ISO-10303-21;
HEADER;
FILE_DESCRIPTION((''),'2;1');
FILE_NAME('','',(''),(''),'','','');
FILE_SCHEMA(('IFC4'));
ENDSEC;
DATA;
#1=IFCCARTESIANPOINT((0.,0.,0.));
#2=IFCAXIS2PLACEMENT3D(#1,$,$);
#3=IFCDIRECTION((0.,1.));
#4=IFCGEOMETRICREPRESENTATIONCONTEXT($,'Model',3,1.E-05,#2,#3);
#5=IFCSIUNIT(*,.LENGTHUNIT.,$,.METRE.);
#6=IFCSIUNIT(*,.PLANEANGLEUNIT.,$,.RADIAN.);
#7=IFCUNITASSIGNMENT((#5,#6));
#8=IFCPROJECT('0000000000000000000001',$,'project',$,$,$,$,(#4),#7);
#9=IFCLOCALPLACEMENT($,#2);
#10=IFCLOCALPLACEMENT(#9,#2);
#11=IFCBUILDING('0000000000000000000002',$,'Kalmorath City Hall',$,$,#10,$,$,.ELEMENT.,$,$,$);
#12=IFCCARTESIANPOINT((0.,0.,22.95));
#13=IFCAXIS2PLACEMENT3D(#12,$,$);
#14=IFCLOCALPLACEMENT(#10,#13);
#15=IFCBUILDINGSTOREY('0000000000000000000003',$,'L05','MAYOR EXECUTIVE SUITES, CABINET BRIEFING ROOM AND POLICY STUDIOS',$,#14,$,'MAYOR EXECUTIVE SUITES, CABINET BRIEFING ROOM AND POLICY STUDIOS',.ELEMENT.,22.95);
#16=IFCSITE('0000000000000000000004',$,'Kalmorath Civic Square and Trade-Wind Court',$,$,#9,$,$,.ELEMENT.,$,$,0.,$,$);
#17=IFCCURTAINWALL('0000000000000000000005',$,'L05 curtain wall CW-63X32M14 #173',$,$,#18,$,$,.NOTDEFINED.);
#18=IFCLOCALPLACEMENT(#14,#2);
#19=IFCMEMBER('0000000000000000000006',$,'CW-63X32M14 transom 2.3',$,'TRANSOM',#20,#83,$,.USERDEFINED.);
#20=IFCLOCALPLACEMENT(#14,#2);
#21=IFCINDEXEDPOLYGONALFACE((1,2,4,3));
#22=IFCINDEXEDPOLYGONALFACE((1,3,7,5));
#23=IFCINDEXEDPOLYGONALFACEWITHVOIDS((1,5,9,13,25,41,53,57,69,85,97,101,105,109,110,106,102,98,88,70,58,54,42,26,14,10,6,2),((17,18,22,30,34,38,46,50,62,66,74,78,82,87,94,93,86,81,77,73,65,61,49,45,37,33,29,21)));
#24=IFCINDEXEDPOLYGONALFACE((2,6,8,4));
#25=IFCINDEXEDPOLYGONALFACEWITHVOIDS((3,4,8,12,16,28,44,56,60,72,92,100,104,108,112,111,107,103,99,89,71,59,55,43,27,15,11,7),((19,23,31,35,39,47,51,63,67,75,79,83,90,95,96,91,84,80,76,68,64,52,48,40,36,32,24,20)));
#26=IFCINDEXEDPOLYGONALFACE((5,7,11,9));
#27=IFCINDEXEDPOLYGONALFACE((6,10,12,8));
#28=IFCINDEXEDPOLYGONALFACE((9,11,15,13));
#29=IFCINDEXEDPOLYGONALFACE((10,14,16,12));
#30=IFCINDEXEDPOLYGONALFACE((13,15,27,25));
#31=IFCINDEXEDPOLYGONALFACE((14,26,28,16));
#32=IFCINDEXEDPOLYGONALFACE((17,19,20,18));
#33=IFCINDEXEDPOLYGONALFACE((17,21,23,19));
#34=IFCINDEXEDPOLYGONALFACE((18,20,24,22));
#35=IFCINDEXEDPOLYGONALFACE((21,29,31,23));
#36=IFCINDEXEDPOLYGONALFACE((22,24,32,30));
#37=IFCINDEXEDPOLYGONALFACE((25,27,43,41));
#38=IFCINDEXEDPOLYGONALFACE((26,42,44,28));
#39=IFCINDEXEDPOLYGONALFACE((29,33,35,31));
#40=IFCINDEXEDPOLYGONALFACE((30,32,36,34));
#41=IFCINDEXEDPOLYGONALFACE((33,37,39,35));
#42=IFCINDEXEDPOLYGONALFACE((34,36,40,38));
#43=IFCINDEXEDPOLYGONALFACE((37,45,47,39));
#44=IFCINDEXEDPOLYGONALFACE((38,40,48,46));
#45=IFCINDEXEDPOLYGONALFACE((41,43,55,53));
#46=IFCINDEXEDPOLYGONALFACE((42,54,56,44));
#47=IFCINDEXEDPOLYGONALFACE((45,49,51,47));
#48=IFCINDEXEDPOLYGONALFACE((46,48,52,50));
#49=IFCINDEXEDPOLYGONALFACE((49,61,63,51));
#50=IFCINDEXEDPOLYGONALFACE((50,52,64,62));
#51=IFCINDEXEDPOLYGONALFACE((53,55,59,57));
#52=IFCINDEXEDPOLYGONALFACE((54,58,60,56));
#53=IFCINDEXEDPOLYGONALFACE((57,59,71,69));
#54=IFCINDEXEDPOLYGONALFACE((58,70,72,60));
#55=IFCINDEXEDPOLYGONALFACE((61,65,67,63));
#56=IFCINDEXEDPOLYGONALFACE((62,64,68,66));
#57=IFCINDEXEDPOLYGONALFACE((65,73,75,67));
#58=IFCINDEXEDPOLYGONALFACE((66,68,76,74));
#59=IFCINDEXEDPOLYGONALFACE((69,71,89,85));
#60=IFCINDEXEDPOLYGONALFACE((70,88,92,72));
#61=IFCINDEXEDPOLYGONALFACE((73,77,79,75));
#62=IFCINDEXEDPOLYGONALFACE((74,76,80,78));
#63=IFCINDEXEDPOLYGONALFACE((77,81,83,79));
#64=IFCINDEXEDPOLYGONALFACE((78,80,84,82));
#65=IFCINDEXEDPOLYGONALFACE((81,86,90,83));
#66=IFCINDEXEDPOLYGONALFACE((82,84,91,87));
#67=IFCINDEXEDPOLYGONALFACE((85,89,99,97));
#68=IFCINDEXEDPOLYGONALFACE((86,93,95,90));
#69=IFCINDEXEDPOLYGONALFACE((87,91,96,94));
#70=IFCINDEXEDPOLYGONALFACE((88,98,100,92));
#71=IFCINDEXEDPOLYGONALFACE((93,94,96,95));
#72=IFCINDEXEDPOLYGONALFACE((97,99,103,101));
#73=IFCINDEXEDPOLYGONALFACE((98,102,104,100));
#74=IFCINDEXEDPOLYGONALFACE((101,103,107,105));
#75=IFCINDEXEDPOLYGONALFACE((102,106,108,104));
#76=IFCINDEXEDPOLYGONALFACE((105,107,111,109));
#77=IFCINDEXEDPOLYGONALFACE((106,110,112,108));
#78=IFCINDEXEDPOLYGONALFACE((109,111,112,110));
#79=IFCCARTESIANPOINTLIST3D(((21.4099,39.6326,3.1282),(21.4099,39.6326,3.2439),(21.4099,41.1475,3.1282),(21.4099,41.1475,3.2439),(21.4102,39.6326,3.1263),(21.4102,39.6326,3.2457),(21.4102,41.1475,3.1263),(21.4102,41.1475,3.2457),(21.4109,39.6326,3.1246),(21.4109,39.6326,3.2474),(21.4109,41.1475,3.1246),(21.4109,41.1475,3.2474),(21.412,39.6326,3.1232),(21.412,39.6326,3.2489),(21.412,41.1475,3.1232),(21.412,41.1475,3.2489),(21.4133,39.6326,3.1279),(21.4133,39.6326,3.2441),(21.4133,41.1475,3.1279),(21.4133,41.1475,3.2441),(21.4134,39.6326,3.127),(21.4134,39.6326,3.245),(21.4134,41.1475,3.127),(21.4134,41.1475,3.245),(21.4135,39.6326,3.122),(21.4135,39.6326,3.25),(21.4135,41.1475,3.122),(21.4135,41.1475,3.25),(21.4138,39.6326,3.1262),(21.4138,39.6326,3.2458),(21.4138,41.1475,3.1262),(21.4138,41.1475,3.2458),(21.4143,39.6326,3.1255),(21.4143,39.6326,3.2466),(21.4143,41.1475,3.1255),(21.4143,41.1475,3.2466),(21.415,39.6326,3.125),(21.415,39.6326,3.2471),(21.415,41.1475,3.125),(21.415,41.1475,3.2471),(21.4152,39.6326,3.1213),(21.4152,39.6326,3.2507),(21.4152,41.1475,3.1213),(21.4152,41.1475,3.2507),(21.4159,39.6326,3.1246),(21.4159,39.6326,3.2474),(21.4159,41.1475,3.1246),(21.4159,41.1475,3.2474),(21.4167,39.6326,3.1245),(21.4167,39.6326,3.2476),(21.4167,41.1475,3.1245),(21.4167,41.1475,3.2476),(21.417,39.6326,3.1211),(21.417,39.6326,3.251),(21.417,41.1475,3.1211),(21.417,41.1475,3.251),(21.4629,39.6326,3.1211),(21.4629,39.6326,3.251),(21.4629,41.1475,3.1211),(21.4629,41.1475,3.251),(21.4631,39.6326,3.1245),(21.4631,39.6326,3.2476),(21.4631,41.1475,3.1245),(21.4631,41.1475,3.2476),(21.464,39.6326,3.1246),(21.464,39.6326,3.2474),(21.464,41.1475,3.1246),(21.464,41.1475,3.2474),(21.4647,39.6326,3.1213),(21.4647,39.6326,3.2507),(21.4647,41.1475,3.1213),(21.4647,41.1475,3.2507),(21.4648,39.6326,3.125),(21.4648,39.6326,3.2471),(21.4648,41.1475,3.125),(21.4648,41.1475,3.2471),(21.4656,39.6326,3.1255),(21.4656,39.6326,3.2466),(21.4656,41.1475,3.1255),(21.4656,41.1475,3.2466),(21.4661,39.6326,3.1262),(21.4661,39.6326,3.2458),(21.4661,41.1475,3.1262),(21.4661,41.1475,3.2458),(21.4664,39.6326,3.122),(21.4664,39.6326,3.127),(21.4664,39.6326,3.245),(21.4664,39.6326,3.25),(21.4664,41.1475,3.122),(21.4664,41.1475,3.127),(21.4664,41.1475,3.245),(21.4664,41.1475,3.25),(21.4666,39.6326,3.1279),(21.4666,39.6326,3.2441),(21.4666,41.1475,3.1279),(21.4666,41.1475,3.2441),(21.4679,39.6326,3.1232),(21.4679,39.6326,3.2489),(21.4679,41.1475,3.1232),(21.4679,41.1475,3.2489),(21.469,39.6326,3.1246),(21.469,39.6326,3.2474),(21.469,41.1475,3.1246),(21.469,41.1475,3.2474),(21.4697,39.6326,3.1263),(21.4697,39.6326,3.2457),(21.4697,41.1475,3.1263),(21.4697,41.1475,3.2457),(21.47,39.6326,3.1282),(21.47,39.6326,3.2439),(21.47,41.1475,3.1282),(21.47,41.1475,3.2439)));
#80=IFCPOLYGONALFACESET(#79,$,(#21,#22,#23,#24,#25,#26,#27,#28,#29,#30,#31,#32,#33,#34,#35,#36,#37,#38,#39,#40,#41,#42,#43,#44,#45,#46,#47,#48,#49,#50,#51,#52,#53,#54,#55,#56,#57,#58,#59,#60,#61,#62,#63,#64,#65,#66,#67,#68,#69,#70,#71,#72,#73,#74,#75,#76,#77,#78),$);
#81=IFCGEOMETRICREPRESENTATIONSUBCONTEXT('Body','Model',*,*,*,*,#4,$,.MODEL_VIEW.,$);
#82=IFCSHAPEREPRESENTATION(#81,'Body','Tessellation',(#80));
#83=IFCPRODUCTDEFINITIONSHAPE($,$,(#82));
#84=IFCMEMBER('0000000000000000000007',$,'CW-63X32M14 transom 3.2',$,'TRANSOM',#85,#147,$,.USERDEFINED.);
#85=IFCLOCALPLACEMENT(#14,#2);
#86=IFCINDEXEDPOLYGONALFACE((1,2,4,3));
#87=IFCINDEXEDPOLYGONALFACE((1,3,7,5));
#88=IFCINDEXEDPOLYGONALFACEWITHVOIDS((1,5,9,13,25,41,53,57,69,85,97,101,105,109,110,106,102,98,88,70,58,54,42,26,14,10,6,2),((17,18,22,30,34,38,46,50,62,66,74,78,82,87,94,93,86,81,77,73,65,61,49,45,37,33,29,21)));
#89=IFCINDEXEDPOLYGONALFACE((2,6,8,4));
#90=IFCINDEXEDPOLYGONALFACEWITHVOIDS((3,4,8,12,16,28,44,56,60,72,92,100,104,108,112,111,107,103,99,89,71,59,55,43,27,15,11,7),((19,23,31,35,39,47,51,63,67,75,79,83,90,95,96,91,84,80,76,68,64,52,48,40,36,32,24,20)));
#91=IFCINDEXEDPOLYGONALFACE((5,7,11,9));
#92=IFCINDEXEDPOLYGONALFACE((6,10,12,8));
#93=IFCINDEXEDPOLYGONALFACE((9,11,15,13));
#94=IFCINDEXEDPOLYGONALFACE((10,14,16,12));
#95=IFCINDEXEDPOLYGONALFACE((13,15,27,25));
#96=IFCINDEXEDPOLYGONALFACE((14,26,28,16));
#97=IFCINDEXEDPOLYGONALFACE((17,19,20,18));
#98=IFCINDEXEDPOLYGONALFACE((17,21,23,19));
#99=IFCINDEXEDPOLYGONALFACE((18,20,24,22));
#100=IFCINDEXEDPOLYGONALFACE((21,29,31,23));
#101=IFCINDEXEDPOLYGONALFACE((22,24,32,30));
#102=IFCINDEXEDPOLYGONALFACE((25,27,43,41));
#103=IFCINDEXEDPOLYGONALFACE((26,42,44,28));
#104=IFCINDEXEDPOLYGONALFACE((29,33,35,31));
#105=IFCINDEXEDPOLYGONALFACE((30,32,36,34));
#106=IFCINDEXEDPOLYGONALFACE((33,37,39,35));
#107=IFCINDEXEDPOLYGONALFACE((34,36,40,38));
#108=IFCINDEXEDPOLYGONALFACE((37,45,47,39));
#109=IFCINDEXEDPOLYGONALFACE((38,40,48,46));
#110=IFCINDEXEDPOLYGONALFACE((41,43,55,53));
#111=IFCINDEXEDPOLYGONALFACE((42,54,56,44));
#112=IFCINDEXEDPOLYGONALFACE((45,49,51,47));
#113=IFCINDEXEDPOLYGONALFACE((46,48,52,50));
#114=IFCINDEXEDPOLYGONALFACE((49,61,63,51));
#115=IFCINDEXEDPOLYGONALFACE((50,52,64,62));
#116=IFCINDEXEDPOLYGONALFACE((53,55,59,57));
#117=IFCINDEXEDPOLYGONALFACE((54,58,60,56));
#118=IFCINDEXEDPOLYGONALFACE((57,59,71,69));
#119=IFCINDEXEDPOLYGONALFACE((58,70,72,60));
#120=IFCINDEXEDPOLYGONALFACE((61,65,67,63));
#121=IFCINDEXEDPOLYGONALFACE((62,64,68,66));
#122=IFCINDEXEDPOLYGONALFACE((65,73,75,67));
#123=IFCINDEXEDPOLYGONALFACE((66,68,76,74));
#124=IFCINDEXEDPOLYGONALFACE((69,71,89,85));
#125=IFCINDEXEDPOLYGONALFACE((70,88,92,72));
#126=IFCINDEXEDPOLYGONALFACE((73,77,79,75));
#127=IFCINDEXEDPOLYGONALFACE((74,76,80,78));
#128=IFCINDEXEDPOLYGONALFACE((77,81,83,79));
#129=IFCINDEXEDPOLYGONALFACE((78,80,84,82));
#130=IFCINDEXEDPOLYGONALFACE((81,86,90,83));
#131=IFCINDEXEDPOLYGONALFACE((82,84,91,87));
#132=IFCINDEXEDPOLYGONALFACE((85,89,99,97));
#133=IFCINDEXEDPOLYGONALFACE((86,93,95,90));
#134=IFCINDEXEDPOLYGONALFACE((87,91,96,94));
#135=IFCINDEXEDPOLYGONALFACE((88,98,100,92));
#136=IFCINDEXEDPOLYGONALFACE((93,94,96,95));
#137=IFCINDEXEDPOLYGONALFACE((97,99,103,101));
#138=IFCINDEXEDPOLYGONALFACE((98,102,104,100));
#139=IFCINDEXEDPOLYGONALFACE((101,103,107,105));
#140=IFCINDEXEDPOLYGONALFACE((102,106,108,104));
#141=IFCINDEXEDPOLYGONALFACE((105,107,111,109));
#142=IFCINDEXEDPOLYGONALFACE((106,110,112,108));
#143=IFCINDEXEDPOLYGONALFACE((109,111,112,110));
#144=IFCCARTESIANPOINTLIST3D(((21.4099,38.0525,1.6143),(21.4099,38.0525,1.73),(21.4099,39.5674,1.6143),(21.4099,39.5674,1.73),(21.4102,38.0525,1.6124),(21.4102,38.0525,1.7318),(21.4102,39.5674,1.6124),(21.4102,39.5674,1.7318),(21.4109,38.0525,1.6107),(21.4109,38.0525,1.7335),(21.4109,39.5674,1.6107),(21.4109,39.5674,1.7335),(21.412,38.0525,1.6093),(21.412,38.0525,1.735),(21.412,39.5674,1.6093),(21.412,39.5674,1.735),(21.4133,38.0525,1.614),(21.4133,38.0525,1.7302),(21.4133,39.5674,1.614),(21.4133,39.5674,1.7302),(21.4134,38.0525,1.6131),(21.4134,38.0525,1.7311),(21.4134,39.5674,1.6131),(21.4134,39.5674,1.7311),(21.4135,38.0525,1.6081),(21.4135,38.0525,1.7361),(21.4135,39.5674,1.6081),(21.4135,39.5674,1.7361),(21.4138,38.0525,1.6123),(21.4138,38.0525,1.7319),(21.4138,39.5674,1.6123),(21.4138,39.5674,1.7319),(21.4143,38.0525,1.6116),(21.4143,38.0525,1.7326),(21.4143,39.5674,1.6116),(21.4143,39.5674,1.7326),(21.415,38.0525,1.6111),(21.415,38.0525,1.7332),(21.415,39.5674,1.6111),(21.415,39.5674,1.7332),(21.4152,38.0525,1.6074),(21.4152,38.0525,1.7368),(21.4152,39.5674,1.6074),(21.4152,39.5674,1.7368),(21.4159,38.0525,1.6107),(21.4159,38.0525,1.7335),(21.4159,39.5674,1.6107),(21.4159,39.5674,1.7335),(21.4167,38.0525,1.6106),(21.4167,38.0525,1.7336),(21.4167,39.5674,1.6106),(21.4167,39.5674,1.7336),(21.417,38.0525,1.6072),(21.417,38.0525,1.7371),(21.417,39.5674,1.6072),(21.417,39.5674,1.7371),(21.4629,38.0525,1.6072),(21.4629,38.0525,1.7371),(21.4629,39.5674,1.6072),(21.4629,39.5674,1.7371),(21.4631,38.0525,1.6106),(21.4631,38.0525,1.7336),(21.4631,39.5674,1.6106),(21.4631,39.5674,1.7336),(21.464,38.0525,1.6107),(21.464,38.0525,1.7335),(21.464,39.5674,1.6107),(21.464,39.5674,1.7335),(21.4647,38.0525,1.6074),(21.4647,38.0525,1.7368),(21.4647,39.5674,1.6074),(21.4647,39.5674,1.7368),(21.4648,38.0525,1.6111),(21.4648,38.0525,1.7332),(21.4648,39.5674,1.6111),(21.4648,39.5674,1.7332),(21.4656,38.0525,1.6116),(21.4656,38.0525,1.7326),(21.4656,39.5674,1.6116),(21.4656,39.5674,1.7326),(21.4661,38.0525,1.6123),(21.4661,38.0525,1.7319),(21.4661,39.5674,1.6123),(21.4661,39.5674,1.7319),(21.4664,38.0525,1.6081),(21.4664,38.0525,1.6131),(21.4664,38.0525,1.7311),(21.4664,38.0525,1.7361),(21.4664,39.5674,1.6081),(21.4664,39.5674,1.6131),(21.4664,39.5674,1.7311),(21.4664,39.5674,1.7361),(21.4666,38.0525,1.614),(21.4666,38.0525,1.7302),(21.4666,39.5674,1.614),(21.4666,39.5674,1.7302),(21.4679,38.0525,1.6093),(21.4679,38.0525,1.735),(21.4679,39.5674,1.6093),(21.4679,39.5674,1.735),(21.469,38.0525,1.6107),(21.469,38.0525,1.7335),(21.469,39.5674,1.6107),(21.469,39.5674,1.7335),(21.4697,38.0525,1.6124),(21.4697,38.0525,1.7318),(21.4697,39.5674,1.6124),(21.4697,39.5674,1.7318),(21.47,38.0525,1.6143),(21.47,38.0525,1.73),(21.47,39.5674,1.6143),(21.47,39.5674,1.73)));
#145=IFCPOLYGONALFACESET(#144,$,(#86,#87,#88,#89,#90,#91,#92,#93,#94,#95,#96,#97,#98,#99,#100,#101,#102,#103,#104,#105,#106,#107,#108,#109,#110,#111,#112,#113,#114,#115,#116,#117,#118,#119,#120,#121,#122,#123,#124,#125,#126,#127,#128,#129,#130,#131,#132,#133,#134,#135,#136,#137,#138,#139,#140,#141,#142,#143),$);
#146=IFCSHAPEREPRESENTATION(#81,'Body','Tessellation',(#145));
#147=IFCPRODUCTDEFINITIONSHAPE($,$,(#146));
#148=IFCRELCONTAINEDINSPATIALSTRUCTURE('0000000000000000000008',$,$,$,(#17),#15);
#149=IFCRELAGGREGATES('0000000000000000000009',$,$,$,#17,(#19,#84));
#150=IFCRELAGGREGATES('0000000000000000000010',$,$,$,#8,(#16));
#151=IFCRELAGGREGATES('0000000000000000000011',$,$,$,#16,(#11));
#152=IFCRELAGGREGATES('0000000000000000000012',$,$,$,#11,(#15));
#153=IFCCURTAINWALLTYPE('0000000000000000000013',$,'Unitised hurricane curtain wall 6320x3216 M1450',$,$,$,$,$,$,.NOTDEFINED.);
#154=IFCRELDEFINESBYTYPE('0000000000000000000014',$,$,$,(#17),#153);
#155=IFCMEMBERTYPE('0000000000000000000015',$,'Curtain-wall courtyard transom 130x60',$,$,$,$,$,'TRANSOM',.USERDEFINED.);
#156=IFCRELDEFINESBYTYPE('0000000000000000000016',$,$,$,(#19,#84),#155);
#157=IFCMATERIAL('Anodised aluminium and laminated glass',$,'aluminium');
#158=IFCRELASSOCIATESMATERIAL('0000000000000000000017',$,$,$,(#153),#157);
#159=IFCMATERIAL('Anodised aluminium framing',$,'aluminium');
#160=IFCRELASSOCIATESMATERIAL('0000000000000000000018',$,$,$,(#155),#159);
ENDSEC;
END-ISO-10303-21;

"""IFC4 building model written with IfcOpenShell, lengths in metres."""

from ifc_helpers import new_model, si_unit, direction, frame, origin, origin_2d, place, context, subcontext, project, spatial, hollow_rectangle, extrude, material, material_profile, profile_set, type_object, element, aggregate, save


model = new_model("IFC4")

# Units and contexts
model_context = context("Model", 3, precision=1e-05, world=origin(), true_north=direction((0.0, 1.0)))
body_context = subcontext(model_context, "Body", "Model", "MODEL_VIEW")
ifc_project = project(units=[si_unit("LENGTHUNIT", "METRE"), si_unit("PLANEANGLEUNIT", "RADIAN")], contexts=[model_context])

# Site, building, storey
site_placement = place(None, origin())
site = spatial("IfcSite", under=ifc_project, at=site_placement, Name="Kalmorath Civic Square and Trade-Wind Court", CompositionType="ELEMENT", RefElevation=0.0)
building_placement = place(site_placement, origin())
building = spatial("IfcBuilding", under=site, at=building_placement, Name="Kalmorath City Hall", CompositionType="ELEMENT")
storey_placement = place(building_placement, frame((0.0, 0.0, 22.95)))
storey = spatial("IfcBuildingStorey", under=building, at=storey_placement, Name="L05", Description="MAYOR EXECUTIVE SUITES, CABINET BRIEFING ROOM AND POLICY STUDIOS", LongName="MAYOR EXECUTIVE SUITES, CABINET BRIEFING ROOM AND POLICY STUDIOS", CompositionType="ELEMENT", Elevation=22.95)

# Curtain wall, members
ifc_material_1 = material(Name="Anodised aluminium and laminated glass", Category="aluminium")
curtain_wall_type = type_object("IfcCurtainWallType", Name="Unitised hurricane curtain wall 6320x3216 M1450", PredefinedType="NOTDEFINED", material=ifc_material_1)
curtain_wall_placement = place(storey_placement, origin())
curtain_wall = element("IfcCurtainWall", 1, at=curtain_wall_placement, inside=storey, type_object=curtain_wall_type, Name="L05 curtain wall CW-63X32M14 #173", PredefinedType="NOTDEFINED")
ifc_material_2 = material(Name="Anodised aluminium framing", Category="aluminium")
ifc_material_profile_1 = material_profile(ifc_material_2, hollow_rectangle(XDim=0.0601, YDim=0.1299, WallThickness=0.0034, InnerFilletRadius=0.0034, OuterFilletRadius=0.0071, at=origin_2d()), Name="ALU-TRN-130X60X3.5")
ifc_profile_set_1 = profile_set([ifc_material_profile_1], Name="Anodised aluminium framing")
member_type_1 = type_object("IfcMemberType", Name="Curtain-wall courtyard transom 130x60", ElementType="TRANSOM", PredefinedType="USERDEFINED", material=ifc_profile_set_1)
member_1_placement = place(storey_placement, frame((21.4399, 41.1475, 3.186), z_axis=(0.0, -1.0, 0.0), x_axis=(1.0, 0.0, 0.0)))
member_1 = element("IfcMember", 2, at=member_1_placement, type_object=member_type_1, Name="CW-63X32M14 transom 2.3", ObjectType="TRANSOM", PredefinedType="USERDEFINED", context=body_context, shape_type="SweptSolid", body=[
    extrude(hollow_rectangle(XDim=0.0601, YDim=0.1299, WallThickness=0.0034, InnerFilletRadius=0.0034, OuterFilletRadius=0.0071, at=origin_2d()), origin(), (0.0, 0.0, 1.0), 1.5149),
])
member_2_placement = place(storey_placement, frame((21.4399, 39.5674, 1.6721), z_axis=(0.0, -1.0, 0.0), x_axis=(1.0, 0.0, 0.0)))
member_2 = element("IfcMember", 3, at=member_2_placement, type_object=member_type_1, Name="CW-63X32M14 transom 3.2", ObjectType="TRANSOM", PredefinedType="USERDEFINED", context=body_context, shape_type="SweptSolid", body=[
    extrude(hollow_rectangle(XDim=0.0601, YDim=0.1299, WallThickness=0.0034, InnerFilletRadius=0.0034, OuterFilletRadius=0.0071, at=origin_2d()), origin(), (0.0, 0.0, 1.0), 1.5149),
])

aggregate(curtain_wall, [member_1, member_2])

save(model, "model.ifc")
